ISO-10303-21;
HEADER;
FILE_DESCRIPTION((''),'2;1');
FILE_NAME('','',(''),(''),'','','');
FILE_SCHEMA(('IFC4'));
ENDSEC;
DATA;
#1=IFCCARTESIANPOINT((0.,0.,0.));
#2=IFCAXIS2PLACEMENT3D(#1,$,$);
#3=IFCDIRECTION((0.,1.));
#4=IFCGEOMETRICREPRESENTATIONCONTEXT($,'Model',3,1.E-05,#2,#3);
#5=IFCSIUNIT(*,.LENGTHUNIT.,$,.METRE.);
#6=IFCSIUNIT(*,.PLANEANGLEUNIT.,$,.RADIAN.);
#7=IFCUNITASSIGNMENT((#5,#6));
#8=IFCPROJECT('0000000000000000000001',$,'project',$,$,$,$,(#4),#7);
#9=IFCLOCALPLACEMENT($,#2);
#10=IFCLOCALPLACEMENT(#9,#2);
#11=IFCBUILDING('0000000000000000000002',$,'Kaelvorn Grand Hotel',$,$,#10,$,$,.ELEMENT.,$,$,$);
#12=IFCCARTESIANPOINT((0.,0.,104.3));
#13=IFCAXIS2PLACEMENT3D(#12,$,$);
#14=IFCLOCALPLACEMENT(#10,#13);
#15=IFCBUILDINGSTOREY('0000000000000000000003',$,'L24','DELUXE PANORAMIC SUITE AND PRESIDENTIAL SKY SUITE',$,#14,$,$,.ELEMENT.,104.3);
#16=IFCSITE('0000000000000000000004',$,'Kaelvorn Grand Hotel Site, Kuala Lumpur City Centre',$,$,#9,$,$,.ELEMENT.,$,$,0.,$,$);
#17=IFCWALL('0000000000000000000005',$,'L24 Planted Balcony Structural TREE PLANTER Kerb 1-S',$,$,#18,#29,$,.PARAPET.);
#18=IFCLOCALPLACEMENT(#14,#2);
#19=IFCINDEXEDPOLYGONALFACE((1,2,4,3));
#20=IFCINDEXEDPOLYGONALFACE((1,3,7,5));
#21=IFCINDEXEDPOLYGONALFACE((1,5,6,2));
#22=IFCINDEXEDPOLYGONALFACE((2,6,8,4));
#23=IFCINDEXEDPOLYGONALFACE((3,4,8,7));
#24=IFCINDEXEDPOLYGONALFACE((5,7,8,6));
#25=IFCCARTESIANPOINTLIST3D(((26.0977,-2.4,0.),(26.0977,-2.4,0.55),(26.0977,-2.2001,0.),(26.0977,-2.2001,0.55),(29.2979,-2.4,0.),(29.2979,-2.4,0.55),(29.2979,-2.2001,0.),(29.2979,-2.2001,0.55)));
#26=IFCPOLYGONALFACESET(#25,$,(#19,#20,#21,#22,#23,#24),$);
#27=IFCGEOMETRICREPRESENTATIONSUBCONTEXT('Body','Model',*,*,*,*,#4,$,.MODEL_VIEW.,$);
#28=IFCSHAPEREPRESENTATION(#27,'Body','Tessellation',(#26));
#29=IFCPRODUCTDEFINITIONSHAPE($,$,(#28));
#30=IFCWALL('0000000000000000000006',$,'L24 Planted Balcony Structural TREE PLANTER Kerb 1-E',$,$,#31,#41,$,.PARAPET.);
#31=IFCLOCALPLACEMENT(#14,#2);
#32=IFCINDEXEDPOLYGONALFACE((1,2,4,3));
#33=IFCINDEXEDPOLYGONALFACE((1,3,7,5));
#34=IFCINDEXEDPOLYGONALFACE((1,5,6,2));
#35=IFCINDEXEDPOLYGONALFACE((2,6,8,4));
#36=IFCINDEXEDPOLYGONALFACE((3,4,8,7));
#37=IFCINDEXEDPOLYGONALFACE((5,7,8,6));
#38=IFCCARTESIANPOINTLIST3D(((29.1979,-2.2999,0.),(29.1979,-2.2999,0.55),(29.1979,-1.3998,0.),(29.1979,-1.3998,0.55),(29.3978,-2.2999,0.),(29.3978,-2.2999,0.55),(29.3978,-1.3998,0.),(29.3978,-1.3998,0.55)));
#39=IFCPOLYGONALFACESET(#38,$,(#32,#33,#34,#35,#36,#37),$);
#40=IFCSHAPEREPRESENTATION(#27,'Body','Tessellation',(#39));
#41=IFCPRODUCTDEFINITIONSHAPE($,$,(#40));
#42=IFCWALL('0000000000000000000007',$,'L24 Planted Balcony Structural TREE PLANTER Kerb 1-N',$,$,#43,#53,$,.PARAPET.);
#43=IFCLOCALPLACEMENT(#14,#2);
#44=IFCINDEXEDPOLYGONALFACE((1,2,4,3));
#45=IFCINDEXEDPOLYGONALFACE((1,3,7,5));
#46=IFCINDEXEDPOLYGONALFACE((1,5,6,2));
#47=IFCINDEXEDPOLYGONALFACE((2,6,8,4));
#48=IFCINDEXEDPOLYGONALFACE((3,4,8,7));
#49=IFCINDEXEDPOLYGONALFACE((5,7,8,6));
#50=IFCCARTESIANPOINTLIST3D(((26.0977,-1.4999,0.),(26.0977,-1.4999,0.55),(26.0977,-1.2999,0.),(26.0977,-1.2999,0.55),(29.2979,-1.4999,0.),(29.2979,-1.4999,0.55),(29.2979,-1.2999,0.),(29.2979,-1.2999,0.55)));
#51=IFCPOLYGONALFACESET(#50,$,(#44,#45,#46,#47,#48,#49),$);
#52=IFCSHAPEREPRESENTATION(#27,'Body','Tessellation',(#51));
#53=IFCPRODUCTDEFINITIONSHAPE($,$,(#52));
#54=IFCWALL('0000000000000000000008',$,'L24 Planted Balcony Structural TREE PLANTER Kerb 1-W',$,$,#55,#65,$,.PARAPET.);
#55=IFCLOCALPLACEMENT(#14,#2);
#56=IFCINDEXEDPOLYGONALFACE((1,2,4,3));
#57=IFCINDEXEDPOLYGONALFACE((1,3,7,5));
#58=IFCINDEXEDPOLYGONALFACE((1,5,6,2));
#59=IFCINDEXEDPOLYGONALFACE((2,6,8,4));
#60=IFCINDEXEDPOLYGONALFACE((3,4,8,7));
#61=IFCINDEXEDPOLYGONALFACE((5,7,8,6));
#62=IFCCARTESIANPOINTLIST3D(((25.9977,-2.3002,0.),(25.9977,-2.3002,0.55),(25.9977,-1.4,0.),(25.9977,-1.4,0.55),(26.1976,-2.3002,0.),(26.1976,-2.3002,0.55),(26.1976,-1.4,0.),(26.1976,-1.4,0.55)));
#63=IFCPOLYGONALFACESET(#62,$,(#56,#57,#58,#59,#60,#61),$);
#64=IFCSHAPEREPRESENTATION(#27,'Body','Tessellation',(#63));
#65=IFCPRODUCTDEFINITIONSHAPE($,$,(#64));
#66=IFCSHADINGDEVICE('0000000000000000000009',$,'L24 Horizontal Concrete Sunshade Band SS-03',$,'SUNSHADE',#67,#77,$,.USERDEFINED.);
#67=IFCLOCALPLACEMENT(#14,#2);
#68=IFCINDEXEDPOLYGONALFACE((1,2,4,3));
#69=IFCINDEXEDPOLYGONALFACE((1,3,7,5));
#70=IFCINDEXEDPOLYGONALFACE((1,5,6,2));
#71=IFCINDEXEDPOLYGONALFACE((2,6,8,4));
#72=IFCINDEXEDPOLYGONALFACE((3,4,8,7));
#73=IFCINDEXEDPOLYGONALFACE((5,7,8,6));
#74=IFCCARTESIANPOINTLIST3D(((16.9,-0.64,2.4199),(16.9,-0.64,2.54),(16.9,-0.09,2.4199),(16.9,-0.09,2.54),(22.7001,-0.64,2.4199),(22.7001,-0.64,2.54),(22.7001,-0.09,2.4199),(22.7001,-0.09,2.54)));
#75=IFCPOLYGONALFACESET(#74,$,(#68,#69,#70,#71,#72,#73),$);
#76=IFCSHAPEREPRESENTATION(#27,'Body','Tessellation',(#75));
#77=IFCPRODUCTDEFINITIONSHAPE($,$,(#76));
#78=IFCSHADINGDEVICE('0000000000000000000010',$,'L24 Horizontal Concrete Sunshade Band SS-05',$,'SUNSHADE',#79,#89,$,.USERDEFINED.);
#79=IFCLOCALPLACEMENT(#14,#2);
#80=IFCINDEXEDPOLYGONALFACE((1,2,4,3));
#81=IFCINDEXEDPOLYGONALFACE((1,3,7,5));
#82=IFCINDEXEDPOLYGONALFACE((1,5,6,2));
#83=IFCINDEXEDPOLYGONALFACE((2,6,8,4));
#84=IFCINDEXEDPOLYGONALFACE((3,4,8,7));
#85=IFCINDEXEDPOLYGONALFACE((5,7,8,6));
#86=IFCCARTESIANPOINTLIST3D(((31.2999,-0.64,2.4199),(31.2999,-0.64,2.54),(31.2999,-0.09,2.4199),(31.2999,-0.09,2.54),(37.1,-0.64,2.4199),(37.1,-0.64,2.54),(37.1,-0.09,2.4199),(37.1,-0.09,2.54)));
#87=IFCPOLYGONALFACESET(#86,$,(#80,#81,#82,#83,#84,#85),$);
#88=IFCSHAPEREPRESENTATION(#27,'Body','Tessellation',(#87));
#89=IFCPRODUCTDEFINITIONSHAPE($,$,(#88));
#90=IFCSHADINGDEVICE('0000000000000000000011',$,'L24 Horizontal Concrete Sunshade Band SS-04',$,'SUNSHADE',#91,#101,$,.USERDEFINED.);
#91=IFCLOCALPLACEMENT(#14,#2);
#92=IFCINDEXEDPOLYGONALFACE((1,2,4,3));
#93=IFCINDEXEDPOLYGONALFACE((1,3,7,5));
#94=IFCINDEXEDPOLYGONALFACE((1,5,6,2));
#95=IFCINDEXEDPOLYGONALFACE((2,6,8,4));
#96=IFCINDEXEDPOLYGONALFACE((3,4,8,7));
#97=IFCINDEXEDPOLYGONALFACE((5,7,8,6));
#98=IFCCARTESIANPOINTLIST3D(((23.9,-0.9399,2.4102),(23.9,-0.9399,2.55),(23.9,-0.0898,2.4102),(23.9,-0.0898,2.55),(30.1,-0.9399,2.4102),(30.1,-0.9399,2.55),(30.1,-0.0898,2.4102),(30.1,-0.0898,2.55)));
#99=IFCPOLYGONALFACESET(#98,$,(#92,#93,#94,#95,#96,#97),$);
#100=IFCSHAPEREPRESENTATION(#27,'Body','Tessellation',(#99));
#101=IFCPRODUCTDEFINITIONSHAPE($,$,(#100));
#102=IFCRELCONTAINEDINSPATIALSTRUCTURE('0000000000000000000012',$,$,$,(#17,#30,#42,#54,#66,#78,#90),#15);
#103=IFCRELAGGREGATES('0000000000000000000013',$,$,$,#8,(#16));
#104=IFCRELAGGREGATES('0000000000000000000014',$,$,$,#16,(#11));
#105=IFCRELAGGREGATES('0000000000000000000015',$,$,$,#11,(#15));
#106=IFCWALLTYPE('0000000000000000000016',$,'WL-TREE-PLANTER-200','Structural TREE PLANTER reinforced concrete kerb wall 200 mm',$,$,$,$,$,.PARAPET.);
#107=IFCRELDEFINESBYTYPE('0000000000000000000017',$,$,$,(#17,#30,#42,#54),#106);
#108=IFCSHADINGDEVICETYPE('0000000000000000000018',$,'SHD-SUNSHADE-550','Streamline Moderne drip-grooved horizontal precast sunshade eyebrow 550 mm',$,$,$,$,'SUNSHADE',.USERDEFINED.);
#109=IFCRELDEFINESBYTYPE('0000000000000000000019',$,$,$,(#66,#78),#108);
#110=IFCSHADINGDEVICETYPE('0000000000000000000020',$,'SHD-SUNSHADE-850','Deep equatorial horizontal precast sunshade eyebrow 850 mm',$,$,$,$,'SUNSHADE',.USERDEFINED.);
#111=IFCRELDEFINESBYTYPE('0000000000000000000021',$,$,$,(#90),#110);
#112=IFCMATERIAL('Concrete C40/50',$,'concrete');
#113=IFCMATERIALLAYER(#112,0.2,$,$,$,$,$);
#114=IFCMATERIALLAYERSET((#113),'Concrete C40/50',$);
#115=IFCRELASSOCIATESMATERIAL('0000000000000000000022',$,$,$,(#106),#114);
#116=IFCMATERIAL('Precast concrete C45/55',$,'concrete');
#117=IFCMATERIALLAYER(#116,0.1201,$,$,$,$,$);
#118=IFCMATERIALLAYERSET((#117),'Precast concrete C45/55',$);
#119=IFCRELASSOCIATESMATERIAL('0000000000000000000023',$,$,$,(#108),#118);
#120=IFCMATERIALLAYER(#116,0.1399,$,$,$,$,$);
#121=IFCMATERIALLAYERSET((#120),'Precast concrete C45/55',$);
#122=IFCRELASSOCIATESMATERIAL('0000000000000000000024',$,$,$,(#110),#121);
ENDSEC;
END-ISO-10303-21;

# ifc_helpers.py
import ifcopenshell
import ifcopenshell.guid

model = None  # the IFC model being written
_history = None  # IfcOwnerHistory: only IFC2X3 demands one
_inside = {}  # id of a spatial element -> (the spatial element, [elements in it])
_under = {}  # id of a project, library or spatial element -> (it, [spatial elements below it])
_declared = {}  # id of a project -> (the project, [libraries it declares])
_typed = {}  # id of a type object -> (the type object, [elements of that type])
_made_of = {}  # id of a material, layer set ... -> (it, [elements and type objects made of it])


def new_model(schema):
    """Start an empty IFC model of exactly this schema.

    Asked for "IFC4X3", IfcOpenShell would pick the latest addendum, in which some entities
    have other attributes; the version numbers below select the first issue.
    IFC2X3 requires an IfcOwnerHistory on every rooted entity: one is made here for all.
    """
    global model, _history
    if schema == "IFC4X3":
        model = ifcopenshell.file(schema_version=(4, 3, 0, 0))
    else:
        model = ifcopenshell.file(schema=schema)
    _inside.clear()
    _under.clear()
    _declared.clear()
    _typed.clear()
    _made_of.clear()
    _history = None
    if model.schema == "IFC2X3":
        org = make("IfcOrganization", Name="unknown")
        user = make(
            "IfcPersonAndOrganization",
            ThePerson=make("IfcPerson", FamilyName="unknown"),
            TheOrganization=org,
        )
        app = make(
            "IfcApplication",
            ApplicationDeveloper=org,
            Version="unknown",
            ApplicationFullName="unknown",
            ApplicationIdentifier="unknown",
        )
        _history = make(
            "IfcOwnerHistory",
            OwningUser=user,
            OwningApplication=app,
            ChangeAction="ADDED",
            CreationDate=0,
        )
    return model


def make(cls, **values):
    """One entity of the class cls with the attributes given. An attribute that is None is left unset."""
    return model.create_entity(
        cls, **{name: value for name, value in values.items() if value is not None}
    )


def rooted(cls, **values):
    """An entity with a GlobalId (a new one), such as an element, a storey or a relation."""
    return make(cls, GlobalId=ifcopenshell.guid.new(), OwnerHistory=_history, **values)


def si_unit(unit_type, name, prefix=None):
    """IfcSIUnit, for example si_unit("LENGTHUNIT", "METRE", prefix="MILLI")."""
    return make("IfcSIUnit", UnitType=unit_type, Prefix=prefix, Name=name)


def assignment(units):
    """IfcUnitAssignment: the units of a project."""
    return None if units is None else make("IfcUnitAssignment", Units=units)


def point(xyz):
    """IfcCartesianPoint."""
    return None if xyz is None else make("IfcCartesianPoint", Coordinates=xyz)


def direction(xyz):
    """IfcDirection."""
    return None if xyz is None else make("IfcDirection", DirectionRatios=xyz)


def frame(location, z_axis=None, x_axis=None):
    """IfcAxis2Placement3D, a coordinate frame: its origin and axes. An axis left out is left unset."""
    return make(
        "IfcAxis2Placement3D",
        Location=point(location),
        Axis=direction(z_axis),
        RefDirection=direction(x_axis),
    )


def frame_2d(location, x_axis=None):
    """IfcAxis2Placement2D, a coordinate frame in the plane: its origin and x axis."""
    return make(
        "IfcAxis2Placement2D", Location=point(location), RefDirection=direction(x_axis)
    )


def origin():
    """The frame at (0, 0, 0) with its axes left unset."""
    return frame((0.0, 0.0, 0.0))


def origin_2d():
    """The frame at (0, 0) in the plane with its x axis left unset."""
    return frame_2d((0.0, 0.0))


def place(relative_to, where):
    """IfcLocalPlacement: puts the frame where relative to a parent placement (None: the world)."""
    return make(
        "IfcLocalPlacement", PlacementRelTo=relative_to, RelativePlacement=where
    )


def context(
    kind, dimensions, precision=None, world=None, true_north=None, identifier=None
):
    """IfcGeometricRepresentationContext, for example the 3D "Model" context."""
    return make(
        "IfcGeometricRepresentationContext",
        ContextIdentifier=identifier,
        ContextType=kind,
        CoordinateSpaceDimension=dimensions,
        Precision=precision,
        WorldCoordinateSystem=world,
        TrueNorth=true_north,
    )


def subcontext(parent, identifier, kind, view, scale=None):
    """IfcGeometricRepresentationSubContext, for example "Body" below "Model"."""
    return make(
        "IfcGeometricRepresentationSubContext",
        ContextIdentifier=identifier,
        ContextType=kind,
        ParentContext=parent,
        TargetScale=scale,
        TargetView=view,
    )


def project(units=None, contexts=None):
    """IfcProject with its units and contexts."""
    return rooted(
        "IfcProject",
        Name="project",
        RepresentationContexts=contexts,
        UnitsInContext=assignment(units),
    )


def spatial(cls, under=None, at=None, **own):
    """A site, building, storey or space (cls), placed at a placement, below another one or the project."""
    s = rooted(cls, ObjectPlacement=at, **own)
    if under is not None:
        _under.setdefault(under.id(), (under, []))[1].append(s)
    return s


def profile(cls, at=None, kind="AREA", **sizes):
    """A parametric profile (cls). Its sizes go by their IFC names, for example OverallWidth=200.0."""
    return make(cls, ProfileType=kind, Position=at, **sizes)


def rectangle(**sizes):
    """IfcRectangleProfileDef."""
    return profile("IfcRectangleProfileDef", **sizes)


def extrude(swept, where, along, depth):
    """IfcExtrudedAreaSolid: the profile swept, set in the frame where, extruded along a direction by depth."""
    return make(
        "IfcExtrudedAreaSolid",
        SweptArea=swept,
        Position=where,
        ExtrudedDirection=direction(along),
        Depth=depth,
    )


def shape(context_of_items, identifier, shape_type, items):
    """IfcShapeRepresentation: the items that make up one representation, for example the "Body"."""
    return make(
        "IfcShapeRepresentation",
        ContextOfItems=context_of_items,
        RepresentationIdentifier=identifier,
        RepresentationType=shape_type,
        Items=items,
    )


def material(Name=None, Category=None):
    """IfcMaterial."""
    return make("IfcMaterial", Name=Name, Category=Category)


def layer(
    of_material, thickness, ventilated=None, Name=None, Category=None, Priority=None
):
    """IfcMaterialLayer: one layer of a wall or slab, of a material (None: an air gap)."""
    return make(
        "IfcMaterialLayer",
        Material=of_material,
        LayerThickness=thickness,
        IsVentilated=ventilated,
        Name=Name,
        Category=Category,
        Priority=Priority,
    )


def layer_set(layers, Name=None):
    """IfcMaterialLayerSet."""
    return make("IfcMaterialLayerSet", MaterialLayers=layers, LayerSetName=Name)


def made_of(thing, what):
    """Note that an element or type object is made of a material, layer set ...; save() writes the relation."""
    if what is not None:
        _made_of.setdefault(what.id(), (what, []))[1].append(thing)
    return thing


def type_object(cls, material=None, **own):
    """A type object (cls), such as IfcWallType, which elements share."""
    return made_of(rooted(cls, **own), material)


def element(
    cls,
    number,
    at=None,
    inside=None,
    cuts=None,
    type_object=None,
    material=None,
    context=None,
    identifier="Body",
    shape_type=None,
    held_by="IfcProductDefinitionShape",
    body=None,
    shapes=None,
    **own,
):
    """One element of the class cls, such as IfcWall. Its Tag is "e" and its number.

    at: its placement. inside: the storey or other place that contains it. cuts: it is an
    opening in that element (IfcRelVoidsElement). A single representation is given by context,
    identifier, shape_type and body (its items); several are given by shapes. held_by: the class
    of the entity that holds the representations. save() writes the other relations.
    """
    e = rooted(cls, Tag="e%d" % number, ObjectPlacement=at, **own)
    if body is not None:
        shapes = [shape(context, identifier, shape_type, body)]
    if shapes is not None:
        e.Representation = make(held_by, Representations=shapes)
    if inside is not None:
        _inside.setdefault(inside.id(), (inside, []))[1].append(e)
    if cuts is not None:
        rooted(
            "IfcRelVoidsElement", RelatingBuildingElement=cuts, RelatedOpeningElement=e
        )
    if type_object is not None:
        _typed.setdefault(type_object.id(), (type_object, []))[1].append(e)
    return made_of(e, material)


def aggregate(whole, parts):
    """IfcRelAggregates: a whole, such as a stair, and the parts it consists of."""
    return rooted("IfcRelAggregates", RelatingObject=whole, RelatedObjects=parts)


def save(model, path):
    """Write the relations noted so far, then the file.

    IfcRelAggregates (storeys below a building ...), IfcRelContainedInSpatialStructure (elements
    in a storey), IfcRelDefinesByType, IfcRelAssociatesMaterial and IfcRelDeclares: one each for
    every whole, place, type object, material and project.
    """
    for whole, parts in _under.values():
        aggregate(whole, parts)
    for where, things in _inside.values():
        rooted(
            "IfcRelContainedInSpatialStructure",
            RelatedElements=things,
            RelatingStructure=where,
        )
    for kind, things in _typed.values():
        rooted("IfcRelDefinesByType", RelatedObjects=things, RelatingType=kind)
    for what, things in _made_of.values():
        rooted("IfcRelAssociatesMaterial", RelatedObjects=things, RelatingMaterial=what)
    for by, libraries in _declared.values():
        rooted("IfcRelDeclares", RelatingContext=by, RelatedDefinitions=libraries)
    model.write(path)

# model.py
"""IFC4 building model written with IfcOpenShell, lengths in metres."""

from ifc_helpers import new_model, si_unit, direction, frame, frame_2d, origin, origin_2d, place, context, subcontext, project, spatial, rectangle, extrude, material, layer, layer_set, type_object, element, save


model = new_model("IFC4")

# Units and contexts
model_context = context("Model", 3, precision=1e-05, world=origin(), true_north=direction((0.0, 1.0)))
body_context = subcontext(model_context, "Body", "Model", "MODEL_VIEW")
ifc_project = project(units=[si_unit("LENGTHUNIT", "METRE"), si_unit("PLANEANGLEUNIT", "RADIAN")], contexts=[model_context])

# Site, building, storey
site_placement = place(None, origin())
site = spatial("IfcSite", under=ifc_project, at=site_placement, Name="Kaelvorn Grand Hotel Site, Kuala Lumpur City Centre", CompositionType="ELEMENT", RefElevation=0.0)
building_placement = place(site_placement, origin())
building = spatial("IfcBuilding", under=site, at=building_placement, Name="Kaelvorn Grand Hotel", CompositionType="ELEMENT")
storey_placement = place(building_placement, frame((0.0, 0.0, 104.3)))
storey = spatial("IfcBuildingStorey", under=building, at=storey_placement, Name="L24", Description="DELUXE PANORAMIC SUITE AND PRESIDENTIAL SKY SUITE", CompositionType="ELEMENT", Elevation=104.3)

# Shared definitions
ifc_material_1 = material(Name="Concrete C40/50", Category="concrete")

# Walls
ifc_layer_1 = layer(ifc_material_1, 0.2)
ifc_layer_set_1 = layer_set([ifc_layer_1], Name="Concrete C40/50")
wall_type_1 = type_object("IfcWallType", Name="WL-TREE-PLANTER-200", Description="Structural TREE PLANTER reinforced concrete kerb wall 200 mm", PredefinedType="PARAPET", material=ifc_layer_set_1)
wall_1_placement = place(storey_placement, frame((26.0977, -2.3, 0.0), z_axis=(0.0, 0.0, 1.0), x_axis=(1.0, 0.0, 0.0)))
element("IfcWall", 1, at=wall_1_placement, inside=storey, type_object=wall_type_1, Name="L24 Planted Balcony Structural TREE PLANTER Kerb 1-S", PredefinedType="PARAPET", context=body_context, shape_type="SweptSolid", body=[
    extrude(rectangle(XDim=3.2002, YDim=0.2, at=frame_2d((1.6001, 0.0))), origin(), (0.0, 0.0, 1.0), 0.55),
])
wall_2_placement = place(storey_placement, frame((29.2979, -2.3, 0.0), z_axis=(0.0, 0.0, 1.0), x_axis=(0.0, 1.0, 0.0)))
element("IfcWall", 2, at=wall_2_placement, inside=storey, type_object=wall_type_1, Name="L24 Planted Balcony Structural TREE PLANTER Kerb 1-E", PredefinedType="PARAPET", context=body_context, shape_type="SweptSolid", body=[
    extrude(rectangle(XDim=0.9001, YDim=0.2, at=frame_2d((0.4502, 0.0))), origin(), (0.0, 0.0, 1.0), 0.55),
])
wall_3_placement = place(storey_placement, frame((29.2979, -1.3999, 0.0), z_axis=(0.0, 0.0, 1.0), x_axis=(-1.0, 0.0, 0.0)))
element("IfcWall", 3, at=wall_3_placement, inside=storey, type_object=wall_type_1, Name="L24 Planted Balcony Structural TREE PLANTER Kerb 1-N", PredefinedType="PARAPET", context=body_context, shape_type="SweptSolid", body=[
    extrude(rectangle(XDim=3.2002, YDim=0.2, at=frame_2d((1.6001, 0.0))), origin(), (0.0, 0.0, 1.0), 0.55),
])
wall_4_placement = place(storey_placement, frame((26.0977, -1.3999, 0.0), z_axis=(0.0, 0.0, 1.0), x_axis=(0.0, -1.0, 0.0)))
element("IfcWall", 4, at=wall_4_placement, inside=storey, type_object=wall_type_1, Name="L24 Planted Balcony Structural TREE PLANTER Kerb 1-W", PredefinedType="PARAPET", context=body_context, shape_type="SweptSolid", body=[
    extrude(rectangle(XDim=0.9001, YDim=0.2, at=frame_2d((0.4502, 0.0))), origin(), (0.0, 0.0, 1.0), 0.55),
])

# Shading devices
ifc_material_2 = material(Name="Precast concrete C45/55", Category="concrete")
ifc_layer_2 = layer(ifc_material_2, 0.1201)
ifc_layer_set_2 = layer_set([ifc_layer_2], Name="Precast concrete C45/55")
shading_device_type_1 = type_object("IfcShadingDeviceType", Name="SHD-SUNSHADE-550", Description="Streamline Moderne drip-grooved horizontal precast sunshade eyebrow 550 mm", ElementType="SUNSHADE", PredefinedType="USERDEFINED", material=ifc_layer_set_2)
for number, where, z_axis, x_axis, name in (
    (5, (19.8, -0.365, 2.4199), (0.0, 0.0, 1.0), (1.0, 0.0, 0.0), "L24 Horizontal Concrete Sunshade Band SS-03"),
    (6, (34.2, -0.365, 2.4199), (0.0, 0.0, 1.0), (1.0, 0.0, 0.0), "L24 Horizontal Concrete Sunshade Band SS-05"),
):
    element("IfcShadingDevice", number, at=place(storey_placement, frame(where, z_axis=z_axis, x_axis=x_axis)), inside=storey, type_object=shading_device_type_1, Name=name, ObjectType="SUNSHADE", PredefinedType="USERDEFINED", context=body_context, shape_type="SweptSolid", body=[
        extrude(rectangle(XDim=5.8, YDim=0.55, at=origin_2d()), origin(), (0.0, 0.0, 1.0), 0.1201),
    ])
ifc_layer_3 = layer(ifc_material_2, 0.1399)
ifc_layer_set_3 = layer_set([ifc_layer_3], Name="Precast concrete C45/55")
shading_device_type_2 = type_object("IfcShadingDeviceType", Name="SHD-SUNSHADE-850", Description="Deep equatorial horizontal precast sunshade eyebrow 850 mm", ElementType="SUNSHADE", PredefinedType="USERDEFINED", material=ifc_layer_set_3)
shading_device_placement = place(storey_placement, frame((27.0, -0.5149, 2.4102), z_axis=(0.0, 0.0, 1.0), x_axis=(1.0, 0.0, 0.0)))
element("IfcShadingDevice", 7, at=shading_device_placement, inside=storey, type_object=shading_device_type_2, Name="L24 Horizontal Concrete Sunshade Band SS-04", ObjectType="SUNSHADE", PredefinedType="USERDEFINED", context=body_context, shape_type="SweptSolid", body=[
    extrude(rectangle(XDim=6.2, YDim=0.8501, at=origin_2d()), origin(), (0.0, 0.0, 1.0), 0.1399),
])

save(model, "model.ifc")
